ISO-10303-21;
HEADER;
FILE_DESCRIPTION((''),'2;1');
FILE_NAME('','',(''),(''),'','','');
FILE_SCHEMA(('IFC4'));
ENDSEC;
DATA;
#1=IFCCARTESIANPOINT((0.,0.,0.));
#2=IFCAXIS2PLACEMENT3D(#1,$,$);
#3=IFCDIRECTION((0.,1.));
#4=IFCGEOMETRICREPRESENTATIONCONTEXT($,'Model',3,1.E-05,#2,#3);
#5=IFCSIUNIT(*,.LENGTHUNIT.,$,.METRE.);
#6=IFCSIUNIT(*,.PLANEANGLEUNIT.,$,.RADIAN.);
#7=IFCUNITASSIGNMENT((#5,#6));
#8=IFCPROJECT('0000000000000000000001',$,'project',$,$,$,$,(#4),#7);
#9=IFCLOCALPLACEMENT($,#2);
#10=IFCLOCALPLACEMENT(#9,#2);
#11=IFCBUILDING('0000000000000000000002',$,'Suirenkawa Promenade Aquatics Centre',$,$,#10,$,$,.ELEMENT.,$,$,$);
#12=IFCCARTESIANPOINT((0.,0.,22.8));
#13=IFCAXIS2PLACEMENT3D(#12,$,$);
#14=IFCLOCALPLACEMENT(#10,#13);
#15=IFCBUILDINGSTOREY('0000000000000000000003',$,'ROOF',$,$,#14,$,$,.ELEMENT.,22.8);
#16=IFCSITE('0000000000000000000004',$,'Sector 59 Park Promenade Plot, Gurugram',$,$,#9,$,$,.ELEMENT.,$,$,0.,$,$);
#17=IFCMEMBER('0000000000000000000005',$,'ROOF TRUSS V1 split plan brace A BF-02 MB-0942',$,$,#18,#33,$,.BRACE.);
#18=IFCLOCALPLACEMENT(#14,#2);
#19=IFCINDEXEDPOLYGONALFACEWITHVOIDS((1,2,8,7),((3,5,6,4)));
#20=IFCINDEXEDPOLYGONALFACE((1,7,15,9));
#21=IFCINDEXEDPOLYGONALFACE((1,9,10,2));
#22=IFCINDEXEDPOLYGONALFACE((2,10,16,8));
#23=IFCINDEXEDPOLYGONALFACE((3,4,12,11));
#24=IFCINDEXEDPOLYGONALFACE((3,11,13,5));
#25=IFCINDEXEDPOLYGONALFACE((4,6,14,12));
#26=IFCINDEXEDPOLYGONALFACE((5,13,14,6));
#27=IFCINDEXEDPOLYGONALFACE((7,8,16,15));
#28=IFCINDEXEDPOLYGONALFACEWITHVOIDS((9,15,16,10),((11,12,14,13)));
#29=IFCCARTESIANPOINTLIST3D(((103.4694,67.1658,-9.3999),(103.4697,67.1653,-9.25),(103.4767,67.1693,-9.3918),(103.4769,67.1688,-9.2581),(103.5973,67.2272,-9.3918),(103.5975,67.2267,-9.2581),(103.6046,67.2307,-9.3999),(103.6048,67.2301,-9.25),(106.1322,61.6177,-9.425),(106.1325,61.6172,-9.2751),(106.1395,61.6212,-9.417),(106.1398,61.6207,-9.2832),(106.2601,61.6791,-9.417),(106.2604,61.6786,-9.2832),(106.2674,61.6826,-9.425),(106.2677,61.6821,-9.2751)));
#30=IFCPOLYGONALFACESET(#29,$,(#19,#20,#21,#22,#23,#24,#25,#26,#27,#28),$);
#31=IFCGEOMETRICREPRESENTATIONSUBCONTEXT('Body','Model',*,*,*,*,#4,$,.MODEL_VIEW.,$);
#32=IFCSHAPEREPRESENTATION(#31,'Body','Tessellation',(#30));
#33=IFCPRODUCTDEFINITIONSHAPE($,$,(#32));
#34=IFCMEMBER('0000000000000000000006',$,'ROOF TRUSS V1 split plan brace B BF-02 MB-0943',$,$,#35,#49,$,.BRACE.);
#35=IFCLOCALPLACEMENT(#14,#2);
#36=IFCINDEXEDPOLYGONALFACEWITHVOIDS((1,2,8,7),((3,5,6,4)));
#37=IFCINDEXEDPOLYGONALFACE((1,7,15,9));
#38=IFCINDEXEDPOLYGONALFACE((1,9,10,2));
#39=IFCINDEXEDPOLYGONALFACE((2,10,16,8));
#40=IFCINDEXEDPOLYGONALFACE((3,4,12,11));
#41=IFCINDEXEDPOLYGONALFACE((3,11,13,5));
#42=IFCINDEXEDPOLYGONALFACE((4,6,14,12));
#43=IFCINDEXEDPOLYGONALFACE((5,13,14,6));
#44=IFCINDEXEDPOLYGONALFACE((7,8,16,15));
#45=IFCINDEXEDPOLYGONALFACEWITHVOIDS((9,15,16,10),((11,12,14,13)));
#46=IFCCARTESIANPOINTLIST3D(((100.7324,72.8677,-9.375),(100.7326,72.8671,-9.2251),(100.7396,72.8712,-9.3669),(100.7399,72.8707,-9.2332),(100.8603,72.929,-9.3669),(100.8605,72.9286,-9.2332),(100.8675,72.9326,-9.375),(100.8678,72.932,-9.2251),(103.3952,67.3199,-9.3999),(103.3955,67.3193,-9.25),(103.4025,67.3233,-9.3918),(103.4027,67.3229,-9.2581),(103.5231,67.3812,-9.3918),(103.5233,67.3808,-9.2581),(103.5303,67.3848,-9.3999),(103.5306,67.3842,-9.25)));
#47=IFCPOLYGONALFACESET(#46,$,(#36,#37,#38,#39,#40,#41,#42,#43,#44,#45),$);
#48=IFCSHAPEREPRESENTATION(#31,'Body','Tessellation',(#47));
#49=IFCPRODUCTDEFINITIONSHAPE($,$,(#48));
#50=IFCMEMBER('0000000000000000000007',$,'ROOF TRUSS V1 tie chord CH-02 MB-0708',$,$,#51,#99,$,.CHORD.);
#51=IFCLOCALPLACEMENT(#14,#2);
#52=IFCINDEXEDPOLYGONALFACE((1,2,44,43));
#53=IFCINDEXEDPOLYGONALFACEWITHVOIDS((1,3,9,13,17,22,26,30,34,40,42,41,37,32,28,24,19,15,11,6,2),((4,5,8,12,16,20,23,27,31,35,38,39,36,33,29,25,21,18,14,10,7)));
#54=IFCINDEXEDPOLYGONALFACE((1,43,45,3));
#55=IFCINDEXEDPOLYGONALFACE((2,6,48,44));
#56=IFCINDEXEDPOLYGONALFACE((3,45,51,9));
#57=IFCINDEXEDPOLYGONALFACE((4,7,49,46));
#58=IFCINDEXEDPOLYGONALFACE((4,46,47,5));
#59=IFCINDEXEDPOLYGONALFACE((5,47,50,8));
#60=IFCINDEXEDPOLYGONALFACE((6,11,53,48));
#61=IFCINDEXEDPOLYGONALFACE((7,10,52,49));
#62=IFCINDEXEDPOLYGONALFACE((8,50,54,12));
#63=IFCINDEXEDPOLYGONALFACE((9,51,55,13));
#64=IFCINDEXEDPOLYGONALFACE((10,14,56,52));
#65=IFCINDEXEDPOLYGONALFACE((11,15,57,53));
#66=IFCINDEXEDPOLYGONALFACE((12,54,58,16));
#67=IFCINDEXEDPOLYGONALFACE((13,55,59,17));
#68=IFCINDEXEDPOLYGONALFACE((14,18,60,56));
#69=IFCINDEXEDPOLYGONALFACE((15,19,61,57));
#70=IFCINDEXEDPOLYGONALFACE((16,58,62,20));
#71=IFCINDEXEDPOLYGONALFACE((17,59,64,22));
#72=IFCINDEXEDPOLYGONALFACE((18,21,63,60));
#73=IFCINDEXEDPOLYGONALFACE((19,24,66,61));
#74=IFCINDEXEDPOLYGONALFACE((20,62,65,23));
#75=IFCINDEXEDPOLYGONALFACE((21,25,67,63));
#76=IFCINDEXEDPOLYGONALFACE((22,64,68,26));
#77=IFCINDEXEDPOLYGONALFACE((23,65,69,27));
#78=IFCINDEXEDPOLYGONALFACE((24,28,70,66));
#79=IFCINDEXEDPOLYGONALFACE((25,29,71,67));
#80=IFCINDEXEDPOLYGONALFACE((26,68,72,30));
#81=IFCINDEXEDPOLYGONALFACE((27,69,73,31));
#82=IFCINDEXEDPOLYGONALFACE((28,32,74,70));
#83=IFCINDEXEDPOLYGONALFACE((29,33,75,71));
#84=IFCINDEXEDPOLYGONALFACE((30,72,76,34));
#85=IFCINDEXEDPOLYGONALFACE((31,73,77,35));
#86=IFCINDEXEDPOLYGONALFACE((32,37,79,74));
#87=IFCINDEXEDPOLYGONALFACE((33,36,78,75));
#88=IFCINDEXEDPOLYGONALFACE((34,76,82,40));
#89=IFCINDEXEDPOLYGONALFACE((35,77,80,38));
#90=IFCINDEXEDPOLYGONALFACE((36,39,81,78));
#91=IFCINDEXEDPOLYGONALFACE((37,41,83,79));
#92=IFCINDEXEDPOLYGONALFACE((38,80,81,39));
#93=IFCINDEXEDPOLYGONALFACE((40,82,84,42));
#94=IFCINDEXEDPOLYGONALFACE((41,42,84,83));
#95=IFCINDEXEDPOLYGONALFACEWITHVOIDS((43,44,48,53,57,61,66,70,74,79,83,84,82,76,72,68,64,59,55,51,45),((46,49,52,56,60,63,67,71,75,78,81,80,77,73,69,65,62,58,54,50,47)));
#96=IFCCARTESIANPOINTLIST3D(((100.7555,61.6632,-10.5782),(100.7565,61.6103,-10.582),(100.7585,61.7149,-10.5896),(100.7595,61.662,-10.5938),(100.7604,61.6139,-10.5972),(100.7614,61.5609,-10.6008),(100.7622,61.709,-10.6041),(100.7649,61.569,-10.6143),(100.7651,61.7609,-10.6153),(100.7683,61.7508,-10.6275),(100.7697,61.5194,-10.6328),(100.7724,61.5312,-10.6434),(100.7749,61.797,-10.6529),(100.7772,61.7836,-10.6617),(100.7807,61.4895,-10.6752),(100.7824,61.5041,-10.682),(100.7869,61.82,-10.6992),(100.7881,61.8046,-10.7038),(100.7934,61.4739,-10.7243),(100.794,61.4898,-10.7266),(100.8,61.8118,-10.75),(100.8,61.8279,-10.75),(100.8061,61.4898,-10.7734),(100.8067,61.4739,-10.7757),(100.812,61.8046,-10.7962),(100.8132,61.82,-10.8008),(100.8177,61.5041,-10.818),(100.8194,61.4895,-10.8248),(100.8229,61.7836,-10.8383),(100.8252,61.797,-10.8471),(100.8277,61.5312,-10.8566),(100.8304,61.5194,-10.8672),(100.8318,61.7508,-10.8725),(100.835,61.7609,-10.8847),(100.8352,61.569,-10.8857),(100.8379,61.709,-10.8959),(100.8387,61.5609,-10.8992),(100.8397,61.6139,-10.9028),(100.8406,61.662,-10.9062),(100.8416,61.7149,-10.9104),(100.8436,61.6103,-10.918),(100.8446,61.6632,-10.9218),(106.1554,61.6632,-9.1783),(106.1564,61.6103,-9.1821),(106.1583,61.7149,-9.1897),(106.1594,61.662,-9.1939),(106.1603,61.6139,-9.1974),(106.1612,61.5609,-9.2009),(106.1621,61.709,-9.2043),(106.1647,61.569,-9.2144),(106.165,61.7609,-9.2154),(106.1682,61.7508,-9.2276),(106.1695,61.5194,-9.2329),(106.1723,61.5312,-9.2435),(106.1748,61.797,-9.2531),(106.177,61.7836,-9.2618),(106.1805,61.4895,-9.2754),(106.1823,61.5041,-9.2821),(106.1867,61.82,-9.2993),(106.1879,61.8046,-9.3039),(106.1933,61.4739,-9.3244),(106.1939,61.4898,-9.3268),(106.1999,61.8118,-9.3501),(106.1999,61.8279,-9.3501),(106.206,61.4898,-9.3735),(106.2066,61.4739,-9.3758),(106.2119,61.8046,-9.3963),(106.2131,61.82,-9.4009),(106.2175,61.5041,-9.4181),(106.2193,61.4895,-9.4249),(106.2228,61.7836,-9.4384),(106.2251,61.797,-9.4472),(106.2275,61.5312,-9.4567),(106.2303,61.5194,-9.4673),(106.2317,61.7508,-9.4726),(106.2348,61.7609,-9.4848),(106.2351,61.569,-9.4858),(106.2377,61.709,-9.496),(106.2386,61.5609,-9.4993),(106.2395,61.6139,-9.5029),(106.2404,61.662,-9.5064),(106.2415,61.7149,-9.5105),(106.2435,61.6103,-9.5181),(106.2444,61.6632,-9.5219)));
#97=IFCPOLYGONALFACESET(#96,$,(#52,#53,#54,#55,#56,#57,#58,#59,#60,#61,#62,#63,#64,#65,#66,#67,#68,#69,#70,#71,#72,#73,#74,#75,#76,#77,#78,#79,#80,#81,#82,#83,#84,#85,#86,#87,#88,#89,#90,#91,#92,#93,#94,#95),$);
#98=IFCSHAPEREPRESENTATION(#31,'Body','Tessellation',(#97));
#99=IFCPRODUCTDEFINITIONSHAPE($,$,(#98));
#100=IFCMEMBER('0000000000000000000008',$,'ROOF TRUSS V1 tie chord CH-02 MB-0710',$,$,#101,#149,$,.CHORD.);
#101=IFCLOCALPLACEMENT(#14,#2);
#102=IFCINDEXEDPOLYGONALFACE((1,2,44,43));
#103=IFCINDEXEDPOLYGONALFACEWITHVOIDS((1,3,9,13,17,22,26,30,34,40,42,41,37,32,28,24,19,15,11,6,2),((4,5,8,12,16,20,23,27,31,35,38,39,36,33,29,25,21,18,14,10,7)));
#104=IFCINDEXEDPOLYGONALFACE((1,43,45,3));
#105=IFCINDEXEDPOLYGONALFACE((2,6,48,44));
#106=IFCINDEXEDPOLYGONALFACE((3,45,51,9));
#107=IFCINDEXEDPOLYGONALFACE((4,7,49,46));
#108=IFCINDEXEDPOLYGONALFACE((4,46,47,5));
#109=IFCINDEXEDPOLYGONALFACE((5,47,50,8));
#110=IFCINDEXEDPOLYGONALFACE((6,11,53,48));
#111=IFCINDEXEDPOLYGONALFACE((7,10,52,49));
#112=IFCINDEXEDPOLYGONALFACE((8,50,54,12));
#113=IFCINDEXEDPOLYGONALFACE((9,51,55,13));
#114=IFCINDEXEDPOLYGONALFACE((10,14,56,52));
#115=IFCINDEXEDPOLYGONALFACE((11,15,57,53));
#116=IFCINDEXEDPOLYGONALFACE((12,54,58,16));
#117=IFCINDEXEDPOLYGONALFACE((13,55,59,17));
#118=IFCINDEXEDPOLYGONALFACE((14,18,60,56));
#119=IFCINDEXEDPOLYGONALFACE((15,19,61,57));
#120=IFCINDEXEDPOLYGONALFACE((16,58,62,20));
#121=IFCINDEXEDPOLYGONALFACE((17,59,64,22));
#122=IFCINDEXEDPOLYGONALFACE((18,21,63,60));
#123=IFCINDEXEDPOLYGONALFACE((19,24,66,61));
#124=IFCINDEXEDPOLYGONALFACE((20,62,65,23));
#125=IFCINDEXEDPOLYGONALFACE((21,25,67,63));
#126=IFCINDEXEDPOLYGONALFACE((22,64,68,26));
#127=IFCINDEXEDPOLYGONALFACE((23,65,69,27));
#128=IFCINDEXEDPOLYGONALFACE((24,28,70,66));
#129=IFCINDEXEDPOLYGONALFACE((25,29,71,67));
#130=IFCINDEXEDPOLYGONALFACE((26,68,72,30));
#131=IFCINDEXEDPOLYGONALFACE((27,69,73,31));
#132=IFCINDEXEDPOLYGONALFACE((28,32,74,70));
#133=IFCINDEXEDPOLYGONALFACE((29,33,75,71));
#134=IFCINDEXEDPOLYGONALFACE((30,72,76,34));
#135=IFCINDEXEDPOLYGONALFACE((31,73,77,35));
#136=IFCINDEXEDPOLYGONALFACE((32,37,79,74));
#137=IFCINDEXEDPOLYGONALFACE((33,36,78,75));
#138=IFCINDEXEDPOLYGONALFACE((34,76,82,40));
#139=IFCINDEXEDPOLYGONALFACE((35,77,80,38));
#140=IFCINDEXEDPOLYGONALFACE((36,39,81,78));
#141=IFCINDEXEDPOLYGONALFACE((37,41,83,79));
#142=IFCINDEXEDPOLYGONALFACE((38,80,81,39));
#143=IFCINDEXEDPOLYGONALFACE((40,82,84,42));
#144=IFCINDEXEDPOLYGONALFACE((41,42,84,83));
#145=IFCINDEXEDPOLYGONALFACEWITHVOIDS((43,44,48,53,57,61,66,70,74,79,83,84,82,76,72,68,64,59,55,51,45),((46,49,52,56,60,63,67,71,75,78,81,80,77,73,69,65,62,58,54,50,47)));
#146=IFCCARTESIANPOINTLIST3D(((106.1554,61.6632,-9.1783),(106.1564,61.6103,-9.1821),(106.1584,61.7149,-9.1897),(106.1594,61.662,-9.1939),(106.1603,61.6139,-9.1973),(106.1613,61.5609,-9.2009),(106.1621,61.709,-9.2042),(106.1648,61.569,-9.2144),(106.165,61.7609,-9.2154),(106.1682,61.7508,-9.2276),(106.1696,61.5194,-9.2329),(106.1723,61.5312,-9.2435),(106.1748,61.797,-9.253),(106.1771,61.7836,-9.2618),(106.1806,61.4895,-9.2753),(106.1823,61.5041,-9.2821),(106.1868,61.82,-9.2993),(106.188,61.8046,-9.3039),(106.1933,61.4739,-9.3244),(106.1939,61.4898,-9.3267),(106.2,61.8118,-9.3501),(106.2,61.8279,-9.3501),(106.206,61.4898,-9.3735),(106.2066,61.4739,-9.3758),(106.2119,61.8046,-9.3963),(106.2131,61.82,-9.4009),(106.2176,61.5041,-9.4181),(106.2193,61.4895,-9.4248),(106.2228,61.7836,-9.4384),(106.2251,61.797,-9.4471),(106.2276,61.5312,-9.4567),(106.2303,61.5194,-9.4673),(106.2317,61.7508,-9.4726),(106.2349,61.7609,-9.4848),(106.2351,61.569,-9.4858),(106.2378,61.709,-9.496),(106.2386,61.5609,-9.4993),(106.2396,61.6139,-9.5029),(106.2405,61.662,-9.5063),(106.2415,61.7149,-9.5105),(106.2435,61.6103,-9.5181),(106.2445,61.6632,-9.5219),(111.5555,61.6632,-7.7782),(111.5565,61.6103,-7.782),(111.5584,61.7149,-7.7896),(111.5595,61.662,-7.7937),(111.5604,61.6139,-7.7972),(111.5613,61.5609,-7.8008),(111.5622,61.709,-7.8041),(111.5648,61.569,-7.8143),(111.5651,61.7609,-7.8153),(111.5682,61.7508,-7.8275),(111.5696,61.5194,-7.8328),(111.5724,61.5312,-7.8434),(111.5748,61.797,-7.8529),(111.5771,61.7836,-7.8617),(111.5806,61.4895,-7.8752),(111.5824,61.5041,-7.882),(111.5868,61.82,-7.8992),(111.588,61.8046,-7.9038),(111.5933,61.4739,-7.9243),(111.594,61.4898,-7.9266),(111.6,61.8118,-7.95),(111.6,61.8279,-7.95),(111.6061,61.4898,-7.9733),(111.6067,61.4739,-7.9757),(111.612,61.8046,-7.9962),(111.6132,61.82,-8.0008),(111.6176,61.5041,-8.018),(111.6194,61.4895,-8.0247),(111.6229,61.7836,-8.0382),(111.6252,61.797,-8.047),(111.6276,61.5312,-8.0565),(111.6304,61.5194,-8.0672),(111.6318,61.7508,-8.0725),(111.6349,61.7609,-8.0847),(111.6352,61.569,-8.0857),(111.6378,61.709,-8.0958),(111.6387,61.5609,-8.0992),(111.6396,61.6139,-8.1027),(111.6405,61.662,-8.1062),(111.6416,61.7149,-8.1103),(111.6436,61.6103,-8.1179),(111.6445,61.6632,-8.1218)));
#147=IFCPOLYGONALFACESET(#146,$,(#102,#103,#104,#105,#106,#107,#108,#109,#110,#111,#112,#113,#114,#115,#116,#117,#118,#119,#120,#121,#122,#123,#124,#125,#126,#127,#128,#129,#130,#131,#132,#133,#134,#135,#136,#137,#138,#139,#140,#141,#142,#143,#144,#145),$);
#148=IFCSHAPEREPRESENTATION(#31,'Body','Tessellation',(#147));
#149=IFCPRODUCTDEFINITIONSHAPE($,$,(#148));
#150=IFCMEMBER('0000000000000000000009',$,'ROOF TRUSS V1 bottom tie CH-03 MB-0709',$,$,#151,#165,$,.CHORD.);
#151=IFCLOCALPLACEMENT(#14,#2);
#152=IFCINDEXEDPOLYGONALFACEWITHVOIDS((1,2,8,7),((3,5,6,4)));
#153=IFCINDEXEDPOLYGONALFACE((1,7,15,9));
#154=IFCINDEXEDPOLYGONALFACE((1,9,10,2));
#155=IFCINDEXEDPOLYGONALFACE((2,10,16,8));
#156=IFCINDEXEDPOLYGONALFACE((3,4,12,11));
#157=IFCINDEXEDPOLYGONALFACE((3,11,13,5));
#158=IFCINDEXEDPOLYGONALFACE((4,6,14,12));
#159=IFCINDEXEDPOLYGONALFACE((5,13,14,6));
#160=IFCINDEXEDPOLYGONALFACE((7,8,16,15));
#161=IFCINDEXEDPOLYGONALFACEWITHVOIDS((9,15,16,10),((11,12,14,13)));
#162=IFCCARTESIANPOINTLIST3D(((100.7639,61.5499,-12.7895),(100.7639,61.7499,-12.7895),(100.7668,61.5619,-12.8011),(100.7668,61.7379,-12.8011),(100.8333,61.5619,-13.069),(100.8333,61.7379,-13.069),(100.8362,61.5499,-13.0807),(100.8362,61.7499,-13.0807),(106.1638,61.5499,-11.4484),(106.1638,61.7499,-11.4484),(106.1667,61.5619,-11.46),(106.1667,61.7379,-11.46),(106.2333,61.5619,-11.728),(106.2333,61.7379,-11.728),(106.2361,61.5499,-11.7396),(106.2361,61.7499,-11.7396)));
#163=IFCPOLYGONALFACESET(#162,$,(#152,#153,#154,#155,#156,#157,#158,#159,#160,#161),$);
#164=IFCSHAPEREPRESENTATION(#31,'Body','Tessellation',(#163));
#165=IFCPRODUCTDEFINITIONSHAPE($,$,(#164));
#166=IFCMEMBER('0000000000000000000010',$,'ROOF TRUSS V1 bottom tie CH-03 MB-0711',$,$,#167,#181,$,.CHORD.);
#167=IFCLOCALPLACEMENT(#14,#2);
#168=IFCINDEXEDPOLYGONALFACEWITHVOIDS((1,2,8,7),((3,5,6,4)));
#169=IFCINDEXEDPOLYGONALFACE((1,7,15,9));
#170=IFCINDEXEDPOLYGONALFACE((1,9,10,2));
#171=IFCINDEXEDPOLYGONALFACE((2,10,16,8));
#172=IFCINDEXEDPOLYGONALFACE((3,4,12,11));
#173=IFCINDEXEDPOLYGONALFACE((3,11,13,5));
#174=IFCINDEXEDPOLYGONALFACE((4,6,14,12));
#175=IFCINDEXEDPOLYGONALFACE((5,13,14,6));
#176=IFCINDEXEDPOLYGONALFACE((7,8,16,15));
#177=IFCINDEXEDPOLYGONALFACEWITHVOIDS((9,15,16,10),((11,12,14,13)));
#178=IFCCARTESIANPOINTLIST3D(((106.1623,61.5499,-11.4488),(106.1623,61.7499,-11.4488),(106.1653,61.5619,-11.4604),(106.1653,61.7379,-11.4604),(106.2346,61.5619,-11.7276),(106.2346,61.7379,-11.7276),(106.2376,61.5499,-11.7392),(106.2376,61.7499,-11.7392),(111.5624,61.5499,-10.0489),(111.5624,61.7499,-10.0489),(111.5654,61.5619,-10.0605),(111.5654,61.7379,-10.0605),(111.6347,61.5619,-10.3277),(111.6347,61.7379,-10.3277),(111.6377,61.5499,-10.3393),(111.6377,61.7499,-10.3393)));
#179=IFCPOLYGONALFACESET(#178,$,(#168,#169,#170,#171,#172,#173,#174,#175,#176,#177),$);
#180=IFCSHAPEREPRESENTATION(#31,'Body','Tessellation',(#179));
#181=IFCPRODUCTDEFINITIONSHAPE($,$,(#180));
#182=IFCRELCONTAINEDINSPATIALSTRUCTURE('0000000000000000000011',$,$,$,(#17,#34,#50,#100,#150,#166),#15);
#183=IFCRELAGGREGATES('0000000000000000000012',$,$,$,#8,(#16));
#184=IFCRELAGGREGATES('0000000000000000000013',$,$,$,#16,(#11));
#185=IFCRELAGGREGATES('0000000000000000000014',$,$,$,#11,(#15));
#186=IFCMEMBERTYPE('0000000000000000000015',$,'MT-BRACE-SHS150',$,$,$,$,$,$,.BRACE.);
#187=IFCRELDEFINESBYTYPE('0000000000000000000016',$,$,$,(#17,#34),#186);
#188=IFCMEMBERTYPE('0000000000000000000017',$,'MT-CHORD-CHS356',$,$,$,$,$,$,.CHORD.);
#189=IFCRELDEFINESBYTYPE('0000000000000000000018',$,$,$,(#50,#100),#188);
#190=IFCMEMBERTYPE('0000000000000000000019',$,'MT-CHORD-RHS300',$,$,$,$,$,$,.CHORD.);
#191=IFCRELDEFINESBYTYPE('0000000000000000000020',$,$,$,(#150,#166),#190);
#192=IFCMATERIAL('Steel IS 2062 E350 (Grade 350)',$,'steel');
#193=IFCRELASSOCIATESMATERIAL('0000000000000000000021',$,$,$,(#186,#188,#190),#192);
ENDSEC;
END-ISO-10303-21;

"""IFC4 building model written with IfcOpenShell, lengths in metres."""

from ifc_helpers import new_model, si_unit, direction, frame, origin, origin_2d, place, context, subcontext, project, spatial, hollow_rectangle, hollow_circle, extrude, material, material_profile, profile_set, type_object, element, save


model = new_model("IFC4")

# Units and contexts
model_context = context("Model", 3, precision=1e-05, world=origin(), true_north=direction((0.0, 1.0)))
body_context = subcontext(model_context, "Body", "Model", "MODEL_VIEW")
ifc_project = project(units=[si_unit("LENGTHUNIT", "METRE"), si_unit("PLANEANGLEUNIT", "RADIAN")], contexts=[model_context])

# Site, building, storey
site_placement = place(None, origin())
site = spatial("IfcSite", under=ifc_project, at=site_placement, Name="Sector 59 Park Promenade Plot, Gurugram", CompositionType="ELEMENT", RefElevation=0.0)
building_placement = place(site_placement, origin())
building = spatial("IfcBuilding", under=site, at=building_placement, Name="Suirenkawa Promenade Aquatics Centre", CompositionType="ELEMENT")
storey_placement = place(building_placement, frame((0.0, 0.0, 22.8)))
storey = spatial("IfcBuildingStorey", under=building, at=storey_placement, Name="ROOF", CompositionType="ELEMENT", Elevation=22.8)

# Shared definitions
ifc_material = material(Name="Steel IS 2062 E350 (Grade 350)", Category="steel")

# Members
ifc_material_profile_1 = material_profile(ifc_material, hollow_rectangle(XDim=0.1499, YDim=0.1499, WallThickness=0.0081, at=origin_2d()), Name="SHS 150x150x8", Category="steel")
ifc_profile_set_1 = profile_set([ifc_material_profile_1], Name="Steel IS 2062 E350 (Grade 350)")
member_type_1 = type_object("IfcMemberType", Name="MT-BRACE-SHS150", PredefinedType="BRACE", material=ifc_profile_set_1)
member_1_placement = place(storey_placement, frame((106.2, 61.6499, -9.3501), z_axis=(-0.432695, 0.901531, 0.004086), x_axis=(-0.901539, -0.432699, 0.0)))
element("IfcMember", 1, at=member_1_placement, inside=storey, type_object=member_type_1, Name="ROOF TRUSS V1 split plan brace A BF-02 MB-0942", PredefinedType="BRACE", context=body_context, shape_type="SweptSolid", body=[
    extrude(hollow_rectangle(XDim=0.1499, YDim=0.1499, WallThickness=0.0081, at=origin_2d()), origin(), (0.0, 0.0, 1.0), 6.1541),
])
member_2_placement = place(storey_placement, frame((103.4629, 67.3521, -9.325), z_axis=(-0.432711, 0.901524, 0.004047), x_axis=(-0.901531, -0.432714, 0.0)))
element("IfcMember", 2, at=member_2_placement, inside=storey, type_object=member_type_1, Name="ROOF TRUSS V1 split plan brace B BF-02 MB-0943", PredefinedType="BRACE", context=body_context, shape_type="SweptSolid", body=[
    extrude(hollow_rectangle(XDim=0.1499, YDim=0.1499, WallThickness=0.0081, at=origin_2d()), origin(), (0.0, 0.0, 1.0), 6.1538),
])
ifc_material_profile_2 = material_profile(ifc_material, hollow_circle(Radius=0.178, WallThickness=0.0161, at=origin_2d()), Name="CHS 356x16", Category="steel")
ifc_profile_set_2 = profile_set([ifc_material_profile_2], Name="Steel IS 2062 E350 (Grade 350)")
member_type_2 = type_object("IfcMemberType", Name="MT-CHORD-CHS356", PredefinedType="CHORD", material=ifc_profile_set_2)
member_3_placement = place(storey_placement, frame((100.8, 61.6499, -10.75), z_axis=(0.968, 0.0, 0.25095), x_axis=(0.0, 1.0, 0.0)))
element("IfcMember", 3, at=member_3_placement, inside=storey, type_object=member_type_2, Name="ROOF TRUSS V1 tie chord CH-02 MB-0708", PredefinedType="CHORD", context=body_context, shape_type="SweptSolid", body=[
    extrude(hollow_circle(Radius=0.178, WallThickness=0.0161, at=origin_2d()), origin(), (0.0, 0.0, 1.0), 5.5784),
])
member_4_placement = place(storey_placement, frame((106.2, 61.6499, -9.3501), z_axis=(0.967992, 0.0, 0.25098), x_axis=(0.0, 1.0, 0.0)))
element("IfcMember", 4, at=member_4_placement, inside=storey, type_object=member_type_2, Name="ROOF TRUSS V1 tie chord CH-02 MB-0710", PredefinedType="CHORD", context=body_context, shape_type="SweptSolid", body=[
    extrude(hollow_circle(Radius=0.178, WallThickness=0.0161, at=origin_2d()), origin(), (0.0, 0.0, 1.0), 5.5786),
])
ifc_material_profile_3 = material_profile(ifc_material, hollow_rectangle(XDim=0.2, YDim=0.3, WallThickness=0.012, at=origin_2d()), Name="RHS 300x200x12", Category="steel")
ifc_profile_set_3 = profile_set([ifc_material_profile_3], Name="Steel IS 2062 E350 (Grade 350)")
member_type_3 = type_object("IfcMemberType", Name="MT-CHORD-RHS300", PredefinedType="CHORD", material=ifc_profile_set_3)
member_5_placement = place(storey_placement, frame((100.8, 61.6499, -12.9351), z_axis=(0.970518, 0.0, 0.241028), x_axis=(0.0, 1.0, 0.0)))
element("IfcMember", 5, at=member_5_placement, inside=storey, type_object=member_type_3, Name="ROOF TRUSS V1 bottom tie CH-03 MB-0709", PredefinedType="CHORD", context=body_context, shape_type="SweptSolid", body=[
    extrude(hollow_rectangle(XDim=0.2, YDim=0.3, WallThickness=0.012, at=origin_2d()), origin(), (0.0, 0.0, 1.0), 5.564),
])
member_6_placement = place(storey_placement, frame((106.2, 61.6499, -11.594), z_axis=(0.968003, 0.0, 0.250939), x_axis=(0.0, 1.0, 0.0)))
element("IfcMember", 6, at=member_6_placement, inside=storey, type_object=member_type_3, Name="ROOF TRUSS V1 bottom tie CH-03 MB-0711", PredefinedType="CHORD", context=body_context, shape_type="SweptSolid", body=[
    extrude(hollow_rectangle(XDim=0.2, YDim=0.3, WallThickness=0.012, at=origin_2d()), origin(), (0.0, 0.0, 1.0), 5.5786),
])

save(model, "model.ifc")
